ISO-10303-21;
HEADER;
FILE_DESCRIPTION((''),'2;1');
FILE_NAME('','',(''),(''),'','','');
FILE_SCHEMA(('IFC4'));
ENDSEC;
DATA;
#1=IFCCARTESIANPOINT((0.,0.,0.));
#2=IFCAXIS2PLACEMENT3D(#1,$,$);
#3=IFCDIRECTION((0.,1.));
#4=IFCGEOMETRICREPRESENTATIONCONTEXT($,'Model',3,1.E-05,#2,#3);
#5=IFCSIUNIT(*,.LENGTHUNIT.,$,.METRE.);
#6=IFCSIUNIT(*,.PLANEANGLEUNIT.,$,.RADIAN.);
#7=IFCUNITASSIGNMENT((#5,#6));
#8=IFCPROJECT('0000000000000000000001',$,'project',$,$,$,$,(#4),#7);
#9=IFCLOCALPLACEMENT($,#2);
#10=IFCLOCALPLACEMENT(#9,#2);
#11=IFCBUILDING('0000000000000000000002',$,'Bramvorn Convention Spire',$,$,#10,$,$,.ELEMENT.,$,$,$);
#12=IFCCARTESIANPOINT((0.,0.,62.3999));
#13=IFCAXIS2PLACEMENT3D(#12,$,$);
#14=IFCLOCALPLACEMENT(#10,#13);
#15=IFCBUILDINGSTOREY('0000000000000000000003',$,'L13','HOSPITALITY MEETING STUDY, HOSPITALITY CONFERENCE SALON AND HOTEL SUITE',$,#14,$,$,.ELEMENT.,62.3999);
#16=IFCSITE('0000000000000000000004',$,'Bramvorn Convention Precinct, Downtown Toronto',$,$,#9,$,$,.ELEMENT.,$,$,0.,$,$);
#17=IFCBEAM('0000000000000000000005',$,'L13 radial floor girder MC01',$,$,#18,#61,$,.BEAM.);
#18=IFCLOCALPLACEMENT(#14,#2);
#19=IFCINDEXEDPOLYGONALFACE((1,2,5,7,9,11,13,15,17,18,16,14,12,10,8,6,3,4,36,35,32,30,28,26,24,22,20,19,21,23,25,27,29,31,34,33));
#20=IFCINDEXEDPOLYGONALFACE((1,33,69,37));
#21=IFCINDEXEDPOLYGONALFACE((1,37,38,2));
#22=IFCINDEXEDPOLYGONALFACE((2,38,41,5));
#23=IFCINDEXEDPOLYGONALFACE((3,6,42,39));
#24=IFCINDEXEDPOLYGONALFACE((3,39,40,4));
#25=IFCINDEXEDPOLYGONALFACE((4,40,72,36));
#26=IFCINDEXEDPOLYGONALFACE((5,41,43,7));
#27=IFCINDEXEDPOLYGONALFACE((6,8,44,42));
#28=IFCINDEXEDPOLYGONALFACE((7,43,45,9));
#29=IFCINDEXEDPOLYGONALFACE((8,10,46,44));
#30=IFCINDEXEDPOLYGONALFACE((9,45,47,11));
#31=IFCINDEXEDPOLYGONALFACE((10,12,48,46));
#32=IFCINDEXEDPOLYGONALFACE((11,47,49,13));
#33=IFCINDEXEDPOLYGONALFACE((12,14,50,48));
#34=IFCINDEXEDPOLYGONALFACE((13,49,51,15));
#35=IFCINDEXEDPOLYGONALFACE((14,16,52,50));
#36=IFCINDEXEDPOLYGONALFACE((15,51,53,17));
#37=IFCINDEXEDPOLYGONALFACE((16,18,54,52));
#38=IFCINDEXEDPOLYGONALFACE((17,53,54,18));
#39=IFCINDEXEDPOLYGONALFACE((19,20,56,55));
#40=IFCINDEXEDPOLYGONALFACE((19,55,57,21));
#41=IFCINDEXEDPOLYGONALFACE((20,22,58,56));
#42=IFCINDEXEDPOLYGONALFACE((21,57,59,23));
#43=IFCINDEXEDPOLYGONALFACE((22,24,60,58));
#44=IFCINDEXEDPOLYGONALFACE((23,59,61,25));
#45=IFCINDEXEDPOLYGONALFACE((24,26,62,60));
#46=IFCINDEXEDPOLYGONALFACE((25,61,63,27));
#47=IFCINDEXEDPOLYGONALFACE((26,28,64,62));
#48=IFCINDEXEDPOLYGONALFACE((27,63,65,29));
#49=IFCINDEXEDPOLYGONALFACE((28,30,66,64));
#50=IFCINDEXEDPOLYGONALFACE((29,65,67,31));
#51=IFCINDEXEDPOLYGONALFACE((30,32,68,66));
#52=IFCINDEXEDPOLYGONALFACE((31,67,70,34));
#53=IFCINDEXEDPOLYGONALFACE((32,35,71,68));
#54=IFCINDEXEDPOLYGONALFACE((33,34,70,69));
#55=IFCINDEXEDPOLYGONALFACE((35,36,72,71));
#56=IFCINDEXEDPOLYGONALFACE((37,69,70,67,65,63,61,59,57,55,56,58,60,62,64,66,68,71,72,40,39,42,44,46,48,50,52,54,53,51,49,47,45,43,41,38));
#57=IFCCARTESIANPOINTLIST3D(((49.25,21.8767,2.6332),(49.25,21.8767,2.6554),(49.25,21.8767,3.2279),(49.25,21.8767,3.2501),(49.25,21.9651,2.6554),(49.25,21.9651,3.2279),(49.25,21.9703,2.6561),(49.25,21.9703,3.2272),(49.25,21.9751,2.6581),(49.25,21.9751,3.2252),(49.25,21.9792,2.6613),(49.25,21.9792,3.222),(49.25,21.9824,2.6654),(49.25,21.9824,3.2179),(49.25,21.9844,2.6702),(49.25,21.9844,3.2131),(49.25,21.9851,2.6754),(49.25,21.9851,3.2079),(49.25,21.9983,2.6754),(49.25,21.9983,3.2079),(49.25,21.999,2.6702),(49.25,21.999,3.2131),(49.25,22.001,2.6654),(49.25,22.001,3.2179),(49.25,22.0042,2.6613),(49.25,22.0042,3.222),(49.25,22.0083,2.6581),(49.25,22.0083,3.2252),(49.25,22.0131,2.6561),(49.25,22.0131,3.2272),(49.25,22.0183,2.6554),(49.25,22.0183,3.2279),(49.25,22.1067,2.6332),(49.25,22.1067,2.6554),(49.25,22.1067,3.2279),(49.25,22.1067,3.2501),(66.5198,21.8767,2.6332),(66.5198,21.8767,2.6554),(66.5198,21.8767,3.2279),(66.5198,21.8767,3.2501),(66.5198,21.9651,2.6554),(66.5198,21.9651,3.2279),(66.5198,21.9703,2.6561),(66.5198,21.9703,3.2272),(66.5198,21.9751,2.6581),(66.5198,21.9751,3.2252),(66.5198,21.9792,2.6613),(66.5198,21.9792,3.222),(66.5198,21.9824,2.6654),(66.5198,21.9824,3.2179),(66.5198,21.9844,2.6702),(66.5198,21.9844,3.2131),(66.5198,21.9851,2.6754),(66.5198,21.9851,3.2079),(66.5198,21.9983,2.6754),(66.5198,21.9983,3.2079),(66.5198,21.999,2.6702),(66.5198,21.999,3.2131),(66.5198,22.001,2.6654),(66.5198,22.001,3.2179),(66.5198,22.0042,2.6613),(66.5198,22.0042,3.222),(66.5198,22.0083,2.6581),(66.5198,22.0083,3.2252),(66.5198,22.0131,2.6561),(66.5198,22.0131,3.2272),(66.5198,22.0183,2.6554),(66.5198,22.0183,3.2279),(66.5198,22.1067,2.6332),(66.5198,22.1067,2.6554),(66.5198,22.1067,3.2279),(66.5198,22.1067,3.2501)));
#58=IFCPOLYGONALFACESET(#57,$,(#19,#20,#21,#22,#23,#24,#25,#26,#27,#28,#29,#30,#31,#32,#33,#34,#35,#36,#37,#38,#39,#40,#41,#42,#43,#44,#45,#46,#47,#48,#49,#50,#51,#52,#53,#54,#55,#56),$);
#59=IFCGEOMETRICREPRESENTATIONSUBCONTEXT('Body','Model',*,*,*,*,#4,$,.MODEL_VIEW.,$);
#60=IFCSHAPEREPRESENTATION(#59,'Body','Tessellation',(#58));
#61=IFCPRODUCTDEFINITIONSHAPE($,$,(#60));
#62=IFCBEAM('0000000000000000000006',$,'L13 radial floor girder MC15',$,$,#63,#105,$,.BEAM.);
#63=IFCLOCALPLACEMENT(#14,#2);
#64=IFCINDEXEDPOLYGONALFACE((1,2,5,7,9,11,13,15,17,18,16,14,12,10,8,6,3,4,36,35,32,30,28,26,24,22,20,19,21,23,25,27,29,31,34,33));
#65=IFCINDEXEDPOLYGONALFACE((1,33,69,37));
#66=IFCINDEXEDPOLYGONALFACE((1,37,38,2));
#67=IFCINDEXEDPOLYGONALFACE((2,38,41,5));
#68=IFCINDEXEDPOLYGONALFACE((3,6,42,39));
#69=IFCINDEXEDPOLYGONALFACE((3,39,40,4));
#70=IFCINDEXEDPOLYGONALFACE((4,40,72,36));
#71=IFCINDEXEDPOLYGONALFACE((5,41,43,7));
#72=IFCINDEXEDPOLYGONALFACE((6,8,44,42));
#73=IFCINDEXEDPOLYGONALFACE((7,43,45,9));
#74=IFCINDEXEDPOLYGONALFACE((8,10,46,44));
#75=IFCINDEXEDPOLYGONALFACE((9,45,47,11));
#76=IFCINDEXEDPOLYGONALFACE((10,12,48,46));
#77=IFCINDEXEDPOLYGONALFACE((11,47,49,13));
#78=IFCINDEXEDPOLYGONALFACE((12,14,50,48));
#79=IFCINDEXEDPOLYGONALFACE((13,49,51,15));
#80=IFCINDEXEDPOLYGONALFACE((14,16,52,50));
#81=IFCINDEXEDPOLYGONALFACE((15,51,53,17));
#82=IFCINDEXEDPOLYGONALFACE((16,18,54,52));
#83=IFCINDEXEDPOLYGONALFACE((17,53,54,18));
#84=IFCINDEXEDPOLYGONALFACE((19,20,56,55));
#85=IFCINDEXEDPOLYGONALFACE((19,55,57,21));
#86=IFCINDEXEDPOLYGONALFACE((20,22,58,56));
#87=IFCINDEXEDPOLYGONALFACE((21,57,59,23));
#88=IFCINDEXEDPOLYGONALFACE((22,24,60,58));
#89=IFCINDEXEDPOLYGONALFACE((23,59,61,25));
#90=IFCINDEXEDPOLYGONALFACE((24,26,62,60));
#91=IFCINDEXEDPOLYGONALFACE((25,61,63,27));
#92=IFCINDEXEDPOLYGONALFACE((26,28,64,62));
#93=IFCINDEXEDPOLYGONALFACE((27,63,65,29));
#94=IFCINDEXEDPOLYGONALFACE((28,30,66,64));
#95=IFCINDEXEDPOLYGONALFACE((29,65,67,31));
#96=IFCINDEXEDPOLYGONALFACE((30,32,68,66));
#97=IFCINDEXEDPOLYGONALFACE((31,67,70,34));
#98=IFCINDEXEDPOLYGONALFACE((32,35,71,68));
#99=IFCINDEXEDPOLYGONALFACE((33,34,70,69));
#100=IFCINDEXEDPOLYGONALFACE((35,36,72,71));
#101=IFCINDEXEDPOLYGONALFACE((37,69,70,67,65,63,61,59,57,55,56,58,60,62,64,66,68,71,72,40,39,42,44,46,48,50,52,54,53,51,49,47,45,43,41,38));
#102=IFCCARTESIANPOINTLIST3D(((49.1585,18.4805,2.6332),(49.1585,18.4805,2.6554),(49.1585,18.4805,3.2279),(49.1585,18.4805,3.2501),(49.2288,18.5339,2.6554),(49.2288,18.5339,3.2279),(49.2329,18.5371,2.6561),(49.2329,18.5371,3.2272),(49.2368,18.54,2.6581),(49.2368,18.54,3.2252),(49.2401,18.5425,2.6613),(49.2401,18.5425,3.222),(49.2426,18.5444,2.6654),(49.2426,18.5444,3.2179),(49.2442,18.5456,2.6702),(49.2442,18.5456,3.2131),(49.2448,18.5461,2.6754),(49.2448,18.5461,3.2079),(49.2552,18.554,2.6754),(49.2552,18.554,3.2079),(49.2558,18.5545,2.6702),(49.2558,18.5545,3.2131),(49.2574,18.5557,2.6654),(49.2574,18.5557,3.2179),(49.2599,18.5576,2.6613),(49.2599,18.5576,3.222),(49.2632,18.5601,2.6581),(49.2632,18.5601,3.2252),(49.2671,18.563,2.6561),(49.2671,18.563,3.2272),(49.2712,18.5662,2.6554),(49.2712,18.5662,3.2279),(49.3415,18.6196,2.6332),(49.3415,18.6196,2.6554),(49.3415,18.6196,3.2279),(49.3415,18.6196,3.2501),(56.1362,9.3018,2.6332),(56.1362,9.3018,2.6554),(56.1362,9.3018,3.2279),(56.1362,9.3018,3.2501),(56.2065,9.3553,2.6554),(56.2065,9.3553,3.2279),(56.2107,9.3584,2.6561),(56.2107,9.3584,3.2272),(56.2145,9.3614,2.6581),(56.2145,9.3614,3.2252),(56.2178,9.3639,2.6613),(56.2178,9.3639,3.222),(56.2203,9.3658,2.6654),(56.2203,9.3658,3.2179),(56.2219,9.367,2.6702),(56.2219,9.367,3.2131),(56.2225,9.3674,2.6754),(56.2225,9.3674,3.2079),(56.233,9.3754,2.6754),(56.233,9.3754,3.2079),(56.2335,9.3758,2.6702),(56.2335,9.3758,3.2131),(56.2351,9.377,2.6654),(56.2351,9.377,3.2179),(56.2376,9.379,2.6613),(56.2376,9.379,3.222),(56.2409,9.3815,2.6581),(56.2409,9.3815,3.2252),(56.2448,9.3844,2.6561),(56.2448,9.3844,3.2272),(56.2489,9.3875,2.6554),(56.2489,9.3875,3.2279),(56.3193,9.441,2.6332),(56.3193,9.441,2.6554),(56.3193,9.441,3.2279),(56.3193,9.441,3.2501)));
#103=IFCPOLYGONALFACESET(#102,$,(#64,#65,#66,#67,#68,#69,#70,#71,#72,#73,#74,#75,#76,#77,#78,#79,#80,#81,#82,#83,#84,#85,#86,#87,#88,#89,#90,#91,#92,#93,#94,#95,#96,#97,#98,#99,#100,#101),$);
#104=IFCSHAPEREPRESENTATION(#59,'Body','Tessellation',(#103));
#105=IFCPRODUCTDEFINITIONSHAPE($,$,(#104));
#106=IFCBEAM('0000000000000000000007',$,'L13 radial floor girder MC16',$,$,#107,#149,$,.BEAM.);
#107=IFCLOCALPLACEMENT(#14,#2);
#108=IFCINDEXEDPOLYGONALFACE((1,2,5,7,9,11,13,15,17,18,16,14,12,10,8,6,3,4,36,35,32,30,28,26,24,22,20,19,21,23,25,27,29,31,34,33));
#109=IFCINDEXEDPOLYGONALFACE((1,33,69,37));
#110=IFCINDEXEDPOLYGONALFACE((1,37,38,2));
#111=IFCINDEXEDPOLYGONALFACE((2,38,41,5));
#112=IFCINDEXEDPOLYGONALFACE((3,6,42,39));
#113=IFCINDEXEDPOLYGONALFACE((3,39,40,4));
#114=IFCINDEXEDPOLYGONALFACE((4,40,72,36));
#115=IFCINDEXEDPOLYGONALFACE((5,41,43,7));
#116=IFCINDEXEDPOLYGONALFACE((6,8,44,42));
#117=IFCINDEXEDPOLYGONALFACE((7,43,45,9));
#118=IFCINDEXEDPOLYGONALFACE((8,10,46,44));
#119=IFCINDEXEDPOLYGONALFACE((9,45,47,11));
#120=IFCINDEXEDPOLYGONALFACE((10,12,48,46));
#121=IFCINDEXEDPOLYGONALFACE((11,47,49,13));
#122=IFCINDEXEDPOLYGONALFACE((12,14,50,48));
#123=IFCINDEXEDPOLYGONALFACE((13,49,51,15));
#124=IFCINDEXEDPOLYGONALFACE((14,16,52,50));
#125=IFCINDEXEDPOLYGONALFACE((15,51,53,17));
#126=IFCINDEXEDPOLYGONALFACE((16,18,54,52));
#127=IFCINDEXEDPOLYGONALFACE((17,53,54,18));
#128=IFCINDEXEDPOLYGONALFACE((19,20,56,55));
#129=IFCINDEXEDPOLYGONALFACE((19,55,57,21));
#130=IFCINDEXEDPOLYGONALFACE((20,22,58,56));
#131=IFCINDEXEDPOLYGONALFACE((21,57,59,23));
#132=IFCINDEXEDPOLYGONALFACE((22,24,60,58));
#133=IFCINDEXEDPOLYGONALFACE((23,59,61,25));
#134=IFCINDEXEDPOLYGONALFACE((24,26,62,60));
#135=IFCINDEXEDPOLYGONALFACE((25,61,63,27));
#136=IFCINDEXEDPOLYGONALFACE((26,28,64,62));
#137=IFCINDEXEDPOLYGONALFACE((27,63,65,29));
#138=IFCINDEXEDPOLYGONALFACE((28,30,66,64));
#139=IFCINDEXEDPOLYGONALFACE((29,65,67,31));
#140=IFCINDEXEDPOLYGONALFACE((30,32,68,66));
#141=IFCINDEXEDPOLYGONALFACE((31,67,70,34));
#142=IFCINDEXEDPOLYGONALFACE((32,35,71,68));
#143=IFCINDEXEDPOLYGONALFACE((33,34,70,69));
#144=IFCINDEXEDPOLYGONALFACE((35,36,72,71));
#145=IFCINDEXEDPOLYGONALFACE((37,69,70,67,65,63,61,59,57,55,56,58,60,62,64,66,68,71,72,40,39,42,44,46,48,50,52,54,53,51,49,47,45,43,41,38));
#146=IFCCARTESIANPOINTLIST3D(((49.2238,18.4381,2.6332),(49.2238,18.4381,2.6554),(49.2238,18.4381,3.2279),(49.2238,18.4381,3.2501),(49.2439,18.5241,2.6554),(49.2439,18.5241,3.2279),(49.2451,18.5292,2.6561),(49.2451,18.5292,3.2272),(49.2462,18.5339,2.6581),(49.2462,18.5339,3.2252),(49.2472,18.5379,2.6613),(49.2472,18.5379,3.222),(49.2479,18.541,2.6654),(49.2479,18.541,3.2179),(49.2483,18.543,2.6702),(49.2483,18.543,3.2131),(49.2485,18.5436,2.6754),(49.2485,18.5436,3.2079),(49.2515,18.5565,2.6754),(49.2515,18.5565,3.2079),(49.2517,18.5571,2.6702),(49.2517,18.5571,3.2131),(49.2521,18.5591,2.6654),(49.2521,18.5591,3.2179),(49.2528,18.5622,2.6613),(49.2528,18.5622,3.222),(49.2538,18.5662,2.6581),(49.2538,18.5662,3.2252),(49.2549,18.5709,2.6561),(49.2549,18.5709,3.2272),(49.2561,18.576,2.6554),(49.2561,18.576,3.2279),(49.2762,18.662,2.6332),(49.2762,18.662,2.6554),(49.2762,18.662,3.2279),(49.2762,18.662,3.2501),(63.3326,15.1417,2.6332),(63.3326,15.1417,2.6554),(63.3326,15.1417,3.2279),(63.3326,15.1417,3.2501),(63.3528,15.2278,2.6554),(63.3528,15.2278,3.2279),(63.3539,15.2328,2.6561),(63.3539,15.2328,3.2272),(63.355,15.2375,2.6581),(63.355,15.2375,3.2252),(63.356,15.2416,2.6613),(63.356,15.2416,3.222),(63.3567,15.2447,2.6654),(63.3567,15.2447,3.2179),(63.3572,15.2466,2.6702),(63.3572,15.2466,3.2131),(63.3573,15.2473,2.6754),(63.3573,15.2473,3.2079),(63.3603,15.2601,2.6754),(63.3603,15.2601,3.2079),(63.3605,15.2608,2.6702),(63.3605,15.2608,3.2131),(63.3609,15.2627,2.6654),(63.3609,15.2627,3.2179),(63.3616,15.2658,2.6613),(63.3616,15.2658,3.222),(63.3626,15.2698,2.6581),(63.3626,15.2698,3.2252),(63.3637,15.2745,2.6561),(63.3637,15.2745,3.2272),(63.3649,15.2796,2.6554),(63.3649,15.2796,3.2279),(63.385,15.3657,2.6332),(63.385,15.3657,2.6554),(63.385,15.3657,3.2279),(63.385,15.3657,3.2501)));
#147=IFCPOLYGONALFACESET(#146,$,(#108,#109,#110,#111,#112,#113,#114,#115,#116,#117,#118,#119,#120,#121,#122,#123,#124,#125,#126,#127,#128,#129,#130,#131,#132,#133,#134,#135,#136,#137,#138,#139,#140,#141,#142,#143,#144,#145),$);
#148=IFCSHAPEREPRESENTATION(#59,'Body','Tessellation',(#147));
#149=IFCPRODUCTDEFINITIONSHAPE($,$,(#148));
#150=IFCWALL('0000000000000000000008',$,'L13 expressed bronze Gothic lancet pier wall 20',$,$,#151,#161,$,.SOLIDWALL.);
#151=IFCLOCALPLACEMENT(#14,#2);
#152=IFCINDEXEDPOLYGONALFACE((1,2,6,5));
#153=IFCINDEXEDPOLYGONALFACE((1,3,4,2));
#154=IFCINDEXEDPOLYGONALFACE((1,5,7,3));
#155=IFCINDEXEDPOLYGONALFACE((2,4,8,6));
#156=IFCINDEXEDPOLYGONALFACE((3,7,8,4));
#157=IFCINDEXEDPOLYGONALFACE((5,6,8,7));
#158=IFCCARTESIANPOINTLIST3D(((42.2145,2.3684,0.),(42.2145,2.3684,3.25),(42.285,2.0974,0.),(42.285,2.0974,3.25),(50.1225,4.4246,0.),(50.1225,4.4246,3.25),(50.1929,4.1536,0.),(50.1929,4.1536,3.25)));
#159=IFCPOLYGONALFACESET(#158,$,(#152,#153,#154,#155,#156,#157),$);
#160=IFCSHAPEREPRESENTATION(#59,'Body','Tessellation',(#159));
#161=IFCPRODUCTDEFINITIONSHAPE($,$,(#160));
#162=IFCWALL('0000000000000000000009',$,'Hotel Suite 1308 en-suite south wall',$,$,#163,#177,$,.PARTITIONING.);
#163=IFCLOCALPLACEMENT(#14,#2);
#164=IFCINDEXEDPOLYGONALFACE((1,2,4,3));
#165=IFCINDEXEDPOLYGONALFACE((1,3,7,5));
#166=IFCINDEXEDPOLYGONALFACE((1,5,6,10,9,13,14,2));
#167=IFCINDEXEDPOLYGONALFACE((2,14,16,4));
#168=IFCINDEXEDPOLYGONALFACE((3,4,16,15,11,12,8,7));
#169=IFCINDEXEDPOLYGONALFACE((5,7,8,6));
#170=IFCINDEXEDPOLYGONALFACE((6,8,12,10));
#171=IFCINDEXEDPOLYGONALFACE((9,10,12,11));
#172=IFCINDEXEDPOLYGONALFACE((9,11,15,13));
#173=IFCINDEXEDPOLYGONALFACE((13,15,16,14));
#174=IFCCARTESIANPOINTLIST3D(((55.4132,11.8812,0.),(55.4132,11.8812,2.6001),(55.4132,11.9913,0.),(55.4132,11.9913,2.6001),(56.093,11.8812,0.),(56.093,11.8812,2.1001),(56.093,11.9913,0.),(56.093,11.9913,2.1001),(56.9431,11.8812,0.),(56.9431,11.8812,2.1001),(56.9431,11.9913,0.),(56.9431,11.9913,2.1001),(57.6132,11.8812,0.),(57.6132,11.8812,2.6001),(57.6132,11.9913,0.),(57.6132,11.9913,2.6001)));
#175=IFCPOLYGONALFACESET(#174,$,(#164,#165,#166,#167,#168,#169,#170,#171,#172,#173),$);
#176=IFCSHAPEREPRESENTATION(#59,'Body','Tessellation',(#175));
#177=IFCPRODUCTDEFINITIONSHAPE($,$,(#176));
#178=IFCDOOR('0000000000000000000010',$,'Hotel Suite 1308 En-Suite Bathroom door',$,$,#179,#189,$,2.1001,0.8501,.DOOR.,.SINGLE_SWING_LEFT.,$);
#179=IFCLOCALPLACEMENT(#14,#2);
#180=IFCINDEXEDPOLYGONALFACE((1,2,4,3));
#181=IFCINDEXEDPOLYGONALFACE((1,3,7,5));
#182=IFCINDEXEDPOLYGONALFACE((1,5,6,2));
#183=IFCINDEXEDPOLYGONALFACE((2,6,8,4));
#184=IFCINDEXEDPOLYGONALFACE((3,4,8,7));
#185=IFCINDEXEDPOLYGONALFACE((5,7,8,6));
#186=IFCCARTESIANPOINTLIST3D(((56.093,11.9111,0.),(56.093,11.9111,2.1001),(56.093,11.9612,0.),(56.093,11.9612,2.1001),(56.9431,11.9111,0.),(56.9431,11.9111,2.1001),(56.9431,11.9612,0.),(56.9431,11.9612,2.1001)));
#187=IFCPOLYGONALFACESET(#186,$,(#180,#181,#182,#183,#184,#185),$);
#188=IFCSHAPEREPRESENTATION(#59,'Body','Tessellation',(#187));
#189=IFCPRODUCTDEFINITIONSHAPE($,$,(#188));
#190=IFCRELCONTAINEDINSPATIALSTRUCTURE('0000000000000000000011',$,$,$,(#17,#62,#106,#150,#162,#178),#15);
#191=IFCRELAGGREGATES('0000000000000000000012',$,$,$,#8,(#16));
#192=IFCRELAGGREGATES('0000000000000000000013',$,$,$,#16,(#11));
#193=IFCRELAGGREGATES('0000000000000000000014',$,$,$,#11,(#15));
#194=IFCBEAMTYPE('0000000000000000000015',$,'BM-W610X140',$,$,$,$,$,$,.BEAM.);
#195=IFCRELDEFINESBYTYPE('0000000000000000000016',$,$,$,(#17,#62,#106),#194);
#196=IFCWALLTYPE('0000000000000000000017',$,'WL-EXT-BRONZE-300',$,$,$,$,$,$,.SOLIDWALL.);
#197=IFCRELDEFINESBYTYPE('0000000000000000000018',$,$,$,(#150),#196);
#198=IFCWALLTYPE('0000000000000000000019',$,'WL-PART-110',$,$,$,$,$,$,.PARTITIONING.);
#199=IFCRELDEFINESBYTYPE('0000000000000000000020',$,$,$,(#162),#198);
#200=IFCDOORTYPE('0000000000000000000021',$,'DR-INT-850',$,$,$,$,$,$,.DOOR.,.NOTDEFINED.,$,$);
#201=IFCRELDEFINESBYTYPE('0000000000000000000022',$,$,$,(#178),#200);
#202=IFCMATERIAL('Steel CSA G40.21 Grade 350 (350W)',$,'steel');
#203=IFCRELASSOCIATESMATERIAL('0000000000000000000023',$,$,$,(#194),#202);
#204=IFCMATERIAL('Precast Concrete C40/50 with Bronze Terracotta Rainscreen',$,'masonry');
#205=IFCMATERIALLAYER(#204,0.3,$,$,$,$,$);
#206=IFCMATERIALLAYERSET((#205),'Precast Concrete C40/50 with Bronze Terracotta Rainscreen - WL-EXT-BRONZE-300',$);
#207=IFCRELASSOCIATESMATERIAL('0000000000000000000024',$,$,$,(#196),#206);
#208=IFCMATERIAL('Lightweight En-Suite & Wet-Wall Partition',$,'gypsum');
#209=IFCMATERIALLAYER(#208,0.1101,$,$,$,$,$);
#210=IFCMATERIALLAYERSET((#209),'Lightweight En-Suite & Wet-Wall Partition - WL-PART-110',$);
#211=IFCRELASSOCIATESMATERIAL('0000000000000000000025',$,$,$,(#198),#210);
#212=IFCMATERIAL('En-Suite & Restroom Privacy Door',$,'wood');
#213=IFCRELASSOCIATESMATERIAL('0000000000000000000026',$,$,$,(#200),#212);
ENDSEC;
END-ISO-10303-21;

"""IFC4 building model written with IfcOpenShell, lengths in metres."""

from ifc_helpers import new_model, si_unit, direction, frame, frame_2d, origin, origin_2d, place, context, subcontext, project, spatial, rectangle, i_section, extrude, material, layer, layer_set, material_profile, profile_set, type_object, element, fill, save


model = new_model("IFC4")

# Units and contexts
model_context = context("Model", 3, precision=1e-05, world=origin(), true_north=direction((0.0, 1.0)))
body_context = subcontext(model_context, "Body", "Model", "MODEL_VIEW")
ifc_project = project(units=[si_unit("LENGTHUNIT", "METRE"), si_unit("PLANEANGLEUNIT", "RADIAN")], contexts=[model_context])

# Site, building, storey
site_placement = place(None, origin())
site = spatial("IfcSite", under=ifc_project, at=site_placement, Name="Bramvorn Convention Precinct, Downtown Toronto", CompositionType="ELEMENT", RefElevation=0.0)
building_placement = place(site_placement, origin())
building = spatial("IfcBuilding", under=site, at=building_placement, Name="Bramvorn Convention Spire", CompositionType="ELEMENT")
storey_placement = place(building_placement, frame((0.0, 0.0, 62.3999)))
storey = spatial("IfcBuildingStorey", under=building, at=storey_placement, Name="L13", Description="HOSPITALITY MEETING STUDY, HOSPITALITY CONFERENCE SALON AND HOTEL SUITE", CompositionType="ELEMENT", Elevation=62.3999)

# Shared definitions
ifc_material_1 = material(Name="Steel CSA G40.21 Grade 350 (350W)", Category="steel")

# Beams
ifc_material_profile_1 = material_profile(ifc_material_1, i_section(OverallWidth=0.23, OverallDepth=0.6169, WebThickness=0.0132, FlangeThickness=0.0222, FilletRadius=0.02, at=origin_2d()))
ifc_profile_set_1 = profile_set([ifc_material_profile_1], Name="Steel CSA G40.21 Grade 350 (350W) - W610X140")
beam_type_1 = type_object("IfcBeamType", Name="BM-W610X140", PredefinedType="BEAM", material=ifc_profile_set_1)
beam_1_placement = place(storey_placement, frame((49.25, 21.9917, 2.9417), z_axis=(1.0, 0.0, 0.0), x_axis=(0.0, 1.0, 0.0)))
element("IfcBeam", 1, at=beam_1_placement, inside=storey, type_object=beam_type_1, Name="L13 radial floor girder MC01", PredefinedType="BEAM", context=body_context, shape_type="SweptSolid", body=[
    extrude(i_section(OverallWidth=0.23, OverallDepth=0.6169, WebThickness=0.0132, FlangeThickness=0.0222, FilletRadius=0.02, at=origin_2d()), origin(), (0.0, 0.0, 1.0), 17.2698),
])
beam_2_placement = place(storey_placement, frame((49.25, 18.55, 2.9417), z_axis=(0.605191, -0.79608, 0.0), x_axis=(0.79608, 0.605191, 0.0)))
element("IfcBeam", 2, at=beam_2_placement, inside=storey, type_object=beam_type_1, Name="L13 radial floor girder MC15", PredefinedType="BEAM", context=body_context, shape_type="SweptSolid", body=[
    extrude(i_section(OverallWidth=0.23, OverallDepth=0.6169, WebThickness=0.0132, FlangeThickness=0.0222, FilletRadius=0.02, at=origin_2d()), origin(), (0.0, 0.0, 1.0), 11.5298),
])
beam_3_placement = place(storey_placement, frame((49.25, 18.55, 2.9417), z_axis=(0.973775, -0.227512, 0.0), x_axis=(0.227512, 0.973775, 0.0)))
element("IfcBeam", 3, at=beam_3_placement, inside=storey, type_object=beam_type_1, Name="L13 radial floor girder MC16", PredefinedType="BEAM", context=body_context, shape_type="SweptSolid", body=[
    extrude(i_section(OverallWidth=0.23, OverallDepth=0.6169, WebThickness=0.0132, FlangeThickness=0.0222, FilletRadius=0.02, at=origin_2d()), origin(), (0.0, 0.0, 1.0), 14.4888),
])

# Wall
ifc_material_2 = material(Name="Precast Concrete C40/50 with Bronze Terracotta Rainscreen", Category="masonry")
ifc_layer_1 = layer(ifc_material_2, 0.3)
ifc_layer_set_1 = layer_set([ifc_layer_1], Name="Precast Concrete C40/50 with Bronze Terracotta Rainscreen - WL-EXT-BRONZE-300")
wall_type_1 = type_object("IfcWallType", Name="WL-EXT-BRONZE-300", PredefinedType="SOLIDWALL", material=ifc_layer_set_1)
wall_1_placement = place(storey_placement, frame((50.1577, 4.2891, 0.0), z_axis=(0.0, 0.0, 1.0), x_axis=(-0.96782, -0.251643, 0.0)))
element("IfcWall", 4, at=wall_1_placement, inside=storey, type_object=wall_type_1, Name="L13 expressed bronze Gothic lancet pier wall 20", PredefinedType="SOLIDWALL", context=body_context, shape_type="SweptSolid", body=[
    extrude(rectangle(XDim=8.1709, YDim=0.28, at=frame_2d((4.0854, 0.0))), origin(), (0.0, 0.0, 1.0), 3.25),
])

# Wall, opening, door
ifc_material_3 = material(Name="Lightweight En-Suite & Wet-Wall Partition", Category="gypsum")
ifc_layer_2 = layer(ifc_material_3, 0.1101)
ifc_layer_set_2 = layer_set([ifc_layer_2], Name="Lightweight En-Suite & Wet-Wall Partition - WL-PART-110")
wall_type_2 = type_object("IfcWallType", Name="WL-PART-110", PredefinedType="PARTITIONING", material=ifc_layer_set_2)
wall_2_placement = place(storey_placement, frame((55.4131, 11.9363, 0.0), z_axis=(0.0, 0.0, 1.0), x_axis=(1.0, 0.0, 0.0)))
wall_2 = element("IfcWall", 5, at=wall_2_placement, inside=storey, type_object=wall_type_2, Name="Hotel Suite 1308 en-suite south wall", PredefinedType="PARTITIONING", context=body_context, shape_type="SweptSolid", body=[
    extrude(rectangle(XDim=2.2, YDim=0.1101, at=frame_2d((1.1001, 0.0))), origin(), (0.0, 0.0, 1.0), 2.6001),
])
opening_1_placement = place(wall_2_placement, frame((0.6799, 0.0, 0.0)))
opening_1 = element("IfcOpeningElement", 6, at=opening_1_placement, cuts=wall_2, PredefinedType="OPENING", context=body_context, shape_type="SweptSolid", body=[
    extrude(rectangle(XDim=0.8501, YDim=2.1001, at=frame_2d((0.425, 1.05))), frame((0.0, 0.0649, 0.0), z_axis=(0.0, -1.0, 0.0), x_axis=(1.0, 0.0, 0.0)), (0.0, 0.0, 1.0), 0.1301),
])
ifc_material_4 = material(Name="En-Suite & Restroom Privacy Door", Category="wood")
door_type_1 = type_object("IfcDoorType", Name="DR-INT-850", OperationType="NOTDEFINED", PredefinedType="DOOR", material=ifc_material_4)
door_1_placement = place(opening_1_placement, origin())
door_1 = element("IfcDoor", 7, at=door_1_placement, inside=storey, type_object=door_type_1, Name="Hotel Suite 1308 En-Suite Bathroom door", OperationType="SINGLE_SWING_LEFT", OverallHeight=2.1001, OverallWidth=0.8501, PredefinedType="DOOR", context=body_context, shape_type="SweptSolid", body=[
    extrude(rectangle(XDim=0.8501, YDim=2.1001, at=frame_2d((0.425, 1.05))), frame((0.0, 0.0249, 0.0), z_axis=(0.0, -1.0, 0.0), x_axis=(1.0, 0.0, 0.0)), (0.0, 0.0, 1.0), 0.05),
])
fill(opening_1, door_1)

save(model, "model.ifc")
